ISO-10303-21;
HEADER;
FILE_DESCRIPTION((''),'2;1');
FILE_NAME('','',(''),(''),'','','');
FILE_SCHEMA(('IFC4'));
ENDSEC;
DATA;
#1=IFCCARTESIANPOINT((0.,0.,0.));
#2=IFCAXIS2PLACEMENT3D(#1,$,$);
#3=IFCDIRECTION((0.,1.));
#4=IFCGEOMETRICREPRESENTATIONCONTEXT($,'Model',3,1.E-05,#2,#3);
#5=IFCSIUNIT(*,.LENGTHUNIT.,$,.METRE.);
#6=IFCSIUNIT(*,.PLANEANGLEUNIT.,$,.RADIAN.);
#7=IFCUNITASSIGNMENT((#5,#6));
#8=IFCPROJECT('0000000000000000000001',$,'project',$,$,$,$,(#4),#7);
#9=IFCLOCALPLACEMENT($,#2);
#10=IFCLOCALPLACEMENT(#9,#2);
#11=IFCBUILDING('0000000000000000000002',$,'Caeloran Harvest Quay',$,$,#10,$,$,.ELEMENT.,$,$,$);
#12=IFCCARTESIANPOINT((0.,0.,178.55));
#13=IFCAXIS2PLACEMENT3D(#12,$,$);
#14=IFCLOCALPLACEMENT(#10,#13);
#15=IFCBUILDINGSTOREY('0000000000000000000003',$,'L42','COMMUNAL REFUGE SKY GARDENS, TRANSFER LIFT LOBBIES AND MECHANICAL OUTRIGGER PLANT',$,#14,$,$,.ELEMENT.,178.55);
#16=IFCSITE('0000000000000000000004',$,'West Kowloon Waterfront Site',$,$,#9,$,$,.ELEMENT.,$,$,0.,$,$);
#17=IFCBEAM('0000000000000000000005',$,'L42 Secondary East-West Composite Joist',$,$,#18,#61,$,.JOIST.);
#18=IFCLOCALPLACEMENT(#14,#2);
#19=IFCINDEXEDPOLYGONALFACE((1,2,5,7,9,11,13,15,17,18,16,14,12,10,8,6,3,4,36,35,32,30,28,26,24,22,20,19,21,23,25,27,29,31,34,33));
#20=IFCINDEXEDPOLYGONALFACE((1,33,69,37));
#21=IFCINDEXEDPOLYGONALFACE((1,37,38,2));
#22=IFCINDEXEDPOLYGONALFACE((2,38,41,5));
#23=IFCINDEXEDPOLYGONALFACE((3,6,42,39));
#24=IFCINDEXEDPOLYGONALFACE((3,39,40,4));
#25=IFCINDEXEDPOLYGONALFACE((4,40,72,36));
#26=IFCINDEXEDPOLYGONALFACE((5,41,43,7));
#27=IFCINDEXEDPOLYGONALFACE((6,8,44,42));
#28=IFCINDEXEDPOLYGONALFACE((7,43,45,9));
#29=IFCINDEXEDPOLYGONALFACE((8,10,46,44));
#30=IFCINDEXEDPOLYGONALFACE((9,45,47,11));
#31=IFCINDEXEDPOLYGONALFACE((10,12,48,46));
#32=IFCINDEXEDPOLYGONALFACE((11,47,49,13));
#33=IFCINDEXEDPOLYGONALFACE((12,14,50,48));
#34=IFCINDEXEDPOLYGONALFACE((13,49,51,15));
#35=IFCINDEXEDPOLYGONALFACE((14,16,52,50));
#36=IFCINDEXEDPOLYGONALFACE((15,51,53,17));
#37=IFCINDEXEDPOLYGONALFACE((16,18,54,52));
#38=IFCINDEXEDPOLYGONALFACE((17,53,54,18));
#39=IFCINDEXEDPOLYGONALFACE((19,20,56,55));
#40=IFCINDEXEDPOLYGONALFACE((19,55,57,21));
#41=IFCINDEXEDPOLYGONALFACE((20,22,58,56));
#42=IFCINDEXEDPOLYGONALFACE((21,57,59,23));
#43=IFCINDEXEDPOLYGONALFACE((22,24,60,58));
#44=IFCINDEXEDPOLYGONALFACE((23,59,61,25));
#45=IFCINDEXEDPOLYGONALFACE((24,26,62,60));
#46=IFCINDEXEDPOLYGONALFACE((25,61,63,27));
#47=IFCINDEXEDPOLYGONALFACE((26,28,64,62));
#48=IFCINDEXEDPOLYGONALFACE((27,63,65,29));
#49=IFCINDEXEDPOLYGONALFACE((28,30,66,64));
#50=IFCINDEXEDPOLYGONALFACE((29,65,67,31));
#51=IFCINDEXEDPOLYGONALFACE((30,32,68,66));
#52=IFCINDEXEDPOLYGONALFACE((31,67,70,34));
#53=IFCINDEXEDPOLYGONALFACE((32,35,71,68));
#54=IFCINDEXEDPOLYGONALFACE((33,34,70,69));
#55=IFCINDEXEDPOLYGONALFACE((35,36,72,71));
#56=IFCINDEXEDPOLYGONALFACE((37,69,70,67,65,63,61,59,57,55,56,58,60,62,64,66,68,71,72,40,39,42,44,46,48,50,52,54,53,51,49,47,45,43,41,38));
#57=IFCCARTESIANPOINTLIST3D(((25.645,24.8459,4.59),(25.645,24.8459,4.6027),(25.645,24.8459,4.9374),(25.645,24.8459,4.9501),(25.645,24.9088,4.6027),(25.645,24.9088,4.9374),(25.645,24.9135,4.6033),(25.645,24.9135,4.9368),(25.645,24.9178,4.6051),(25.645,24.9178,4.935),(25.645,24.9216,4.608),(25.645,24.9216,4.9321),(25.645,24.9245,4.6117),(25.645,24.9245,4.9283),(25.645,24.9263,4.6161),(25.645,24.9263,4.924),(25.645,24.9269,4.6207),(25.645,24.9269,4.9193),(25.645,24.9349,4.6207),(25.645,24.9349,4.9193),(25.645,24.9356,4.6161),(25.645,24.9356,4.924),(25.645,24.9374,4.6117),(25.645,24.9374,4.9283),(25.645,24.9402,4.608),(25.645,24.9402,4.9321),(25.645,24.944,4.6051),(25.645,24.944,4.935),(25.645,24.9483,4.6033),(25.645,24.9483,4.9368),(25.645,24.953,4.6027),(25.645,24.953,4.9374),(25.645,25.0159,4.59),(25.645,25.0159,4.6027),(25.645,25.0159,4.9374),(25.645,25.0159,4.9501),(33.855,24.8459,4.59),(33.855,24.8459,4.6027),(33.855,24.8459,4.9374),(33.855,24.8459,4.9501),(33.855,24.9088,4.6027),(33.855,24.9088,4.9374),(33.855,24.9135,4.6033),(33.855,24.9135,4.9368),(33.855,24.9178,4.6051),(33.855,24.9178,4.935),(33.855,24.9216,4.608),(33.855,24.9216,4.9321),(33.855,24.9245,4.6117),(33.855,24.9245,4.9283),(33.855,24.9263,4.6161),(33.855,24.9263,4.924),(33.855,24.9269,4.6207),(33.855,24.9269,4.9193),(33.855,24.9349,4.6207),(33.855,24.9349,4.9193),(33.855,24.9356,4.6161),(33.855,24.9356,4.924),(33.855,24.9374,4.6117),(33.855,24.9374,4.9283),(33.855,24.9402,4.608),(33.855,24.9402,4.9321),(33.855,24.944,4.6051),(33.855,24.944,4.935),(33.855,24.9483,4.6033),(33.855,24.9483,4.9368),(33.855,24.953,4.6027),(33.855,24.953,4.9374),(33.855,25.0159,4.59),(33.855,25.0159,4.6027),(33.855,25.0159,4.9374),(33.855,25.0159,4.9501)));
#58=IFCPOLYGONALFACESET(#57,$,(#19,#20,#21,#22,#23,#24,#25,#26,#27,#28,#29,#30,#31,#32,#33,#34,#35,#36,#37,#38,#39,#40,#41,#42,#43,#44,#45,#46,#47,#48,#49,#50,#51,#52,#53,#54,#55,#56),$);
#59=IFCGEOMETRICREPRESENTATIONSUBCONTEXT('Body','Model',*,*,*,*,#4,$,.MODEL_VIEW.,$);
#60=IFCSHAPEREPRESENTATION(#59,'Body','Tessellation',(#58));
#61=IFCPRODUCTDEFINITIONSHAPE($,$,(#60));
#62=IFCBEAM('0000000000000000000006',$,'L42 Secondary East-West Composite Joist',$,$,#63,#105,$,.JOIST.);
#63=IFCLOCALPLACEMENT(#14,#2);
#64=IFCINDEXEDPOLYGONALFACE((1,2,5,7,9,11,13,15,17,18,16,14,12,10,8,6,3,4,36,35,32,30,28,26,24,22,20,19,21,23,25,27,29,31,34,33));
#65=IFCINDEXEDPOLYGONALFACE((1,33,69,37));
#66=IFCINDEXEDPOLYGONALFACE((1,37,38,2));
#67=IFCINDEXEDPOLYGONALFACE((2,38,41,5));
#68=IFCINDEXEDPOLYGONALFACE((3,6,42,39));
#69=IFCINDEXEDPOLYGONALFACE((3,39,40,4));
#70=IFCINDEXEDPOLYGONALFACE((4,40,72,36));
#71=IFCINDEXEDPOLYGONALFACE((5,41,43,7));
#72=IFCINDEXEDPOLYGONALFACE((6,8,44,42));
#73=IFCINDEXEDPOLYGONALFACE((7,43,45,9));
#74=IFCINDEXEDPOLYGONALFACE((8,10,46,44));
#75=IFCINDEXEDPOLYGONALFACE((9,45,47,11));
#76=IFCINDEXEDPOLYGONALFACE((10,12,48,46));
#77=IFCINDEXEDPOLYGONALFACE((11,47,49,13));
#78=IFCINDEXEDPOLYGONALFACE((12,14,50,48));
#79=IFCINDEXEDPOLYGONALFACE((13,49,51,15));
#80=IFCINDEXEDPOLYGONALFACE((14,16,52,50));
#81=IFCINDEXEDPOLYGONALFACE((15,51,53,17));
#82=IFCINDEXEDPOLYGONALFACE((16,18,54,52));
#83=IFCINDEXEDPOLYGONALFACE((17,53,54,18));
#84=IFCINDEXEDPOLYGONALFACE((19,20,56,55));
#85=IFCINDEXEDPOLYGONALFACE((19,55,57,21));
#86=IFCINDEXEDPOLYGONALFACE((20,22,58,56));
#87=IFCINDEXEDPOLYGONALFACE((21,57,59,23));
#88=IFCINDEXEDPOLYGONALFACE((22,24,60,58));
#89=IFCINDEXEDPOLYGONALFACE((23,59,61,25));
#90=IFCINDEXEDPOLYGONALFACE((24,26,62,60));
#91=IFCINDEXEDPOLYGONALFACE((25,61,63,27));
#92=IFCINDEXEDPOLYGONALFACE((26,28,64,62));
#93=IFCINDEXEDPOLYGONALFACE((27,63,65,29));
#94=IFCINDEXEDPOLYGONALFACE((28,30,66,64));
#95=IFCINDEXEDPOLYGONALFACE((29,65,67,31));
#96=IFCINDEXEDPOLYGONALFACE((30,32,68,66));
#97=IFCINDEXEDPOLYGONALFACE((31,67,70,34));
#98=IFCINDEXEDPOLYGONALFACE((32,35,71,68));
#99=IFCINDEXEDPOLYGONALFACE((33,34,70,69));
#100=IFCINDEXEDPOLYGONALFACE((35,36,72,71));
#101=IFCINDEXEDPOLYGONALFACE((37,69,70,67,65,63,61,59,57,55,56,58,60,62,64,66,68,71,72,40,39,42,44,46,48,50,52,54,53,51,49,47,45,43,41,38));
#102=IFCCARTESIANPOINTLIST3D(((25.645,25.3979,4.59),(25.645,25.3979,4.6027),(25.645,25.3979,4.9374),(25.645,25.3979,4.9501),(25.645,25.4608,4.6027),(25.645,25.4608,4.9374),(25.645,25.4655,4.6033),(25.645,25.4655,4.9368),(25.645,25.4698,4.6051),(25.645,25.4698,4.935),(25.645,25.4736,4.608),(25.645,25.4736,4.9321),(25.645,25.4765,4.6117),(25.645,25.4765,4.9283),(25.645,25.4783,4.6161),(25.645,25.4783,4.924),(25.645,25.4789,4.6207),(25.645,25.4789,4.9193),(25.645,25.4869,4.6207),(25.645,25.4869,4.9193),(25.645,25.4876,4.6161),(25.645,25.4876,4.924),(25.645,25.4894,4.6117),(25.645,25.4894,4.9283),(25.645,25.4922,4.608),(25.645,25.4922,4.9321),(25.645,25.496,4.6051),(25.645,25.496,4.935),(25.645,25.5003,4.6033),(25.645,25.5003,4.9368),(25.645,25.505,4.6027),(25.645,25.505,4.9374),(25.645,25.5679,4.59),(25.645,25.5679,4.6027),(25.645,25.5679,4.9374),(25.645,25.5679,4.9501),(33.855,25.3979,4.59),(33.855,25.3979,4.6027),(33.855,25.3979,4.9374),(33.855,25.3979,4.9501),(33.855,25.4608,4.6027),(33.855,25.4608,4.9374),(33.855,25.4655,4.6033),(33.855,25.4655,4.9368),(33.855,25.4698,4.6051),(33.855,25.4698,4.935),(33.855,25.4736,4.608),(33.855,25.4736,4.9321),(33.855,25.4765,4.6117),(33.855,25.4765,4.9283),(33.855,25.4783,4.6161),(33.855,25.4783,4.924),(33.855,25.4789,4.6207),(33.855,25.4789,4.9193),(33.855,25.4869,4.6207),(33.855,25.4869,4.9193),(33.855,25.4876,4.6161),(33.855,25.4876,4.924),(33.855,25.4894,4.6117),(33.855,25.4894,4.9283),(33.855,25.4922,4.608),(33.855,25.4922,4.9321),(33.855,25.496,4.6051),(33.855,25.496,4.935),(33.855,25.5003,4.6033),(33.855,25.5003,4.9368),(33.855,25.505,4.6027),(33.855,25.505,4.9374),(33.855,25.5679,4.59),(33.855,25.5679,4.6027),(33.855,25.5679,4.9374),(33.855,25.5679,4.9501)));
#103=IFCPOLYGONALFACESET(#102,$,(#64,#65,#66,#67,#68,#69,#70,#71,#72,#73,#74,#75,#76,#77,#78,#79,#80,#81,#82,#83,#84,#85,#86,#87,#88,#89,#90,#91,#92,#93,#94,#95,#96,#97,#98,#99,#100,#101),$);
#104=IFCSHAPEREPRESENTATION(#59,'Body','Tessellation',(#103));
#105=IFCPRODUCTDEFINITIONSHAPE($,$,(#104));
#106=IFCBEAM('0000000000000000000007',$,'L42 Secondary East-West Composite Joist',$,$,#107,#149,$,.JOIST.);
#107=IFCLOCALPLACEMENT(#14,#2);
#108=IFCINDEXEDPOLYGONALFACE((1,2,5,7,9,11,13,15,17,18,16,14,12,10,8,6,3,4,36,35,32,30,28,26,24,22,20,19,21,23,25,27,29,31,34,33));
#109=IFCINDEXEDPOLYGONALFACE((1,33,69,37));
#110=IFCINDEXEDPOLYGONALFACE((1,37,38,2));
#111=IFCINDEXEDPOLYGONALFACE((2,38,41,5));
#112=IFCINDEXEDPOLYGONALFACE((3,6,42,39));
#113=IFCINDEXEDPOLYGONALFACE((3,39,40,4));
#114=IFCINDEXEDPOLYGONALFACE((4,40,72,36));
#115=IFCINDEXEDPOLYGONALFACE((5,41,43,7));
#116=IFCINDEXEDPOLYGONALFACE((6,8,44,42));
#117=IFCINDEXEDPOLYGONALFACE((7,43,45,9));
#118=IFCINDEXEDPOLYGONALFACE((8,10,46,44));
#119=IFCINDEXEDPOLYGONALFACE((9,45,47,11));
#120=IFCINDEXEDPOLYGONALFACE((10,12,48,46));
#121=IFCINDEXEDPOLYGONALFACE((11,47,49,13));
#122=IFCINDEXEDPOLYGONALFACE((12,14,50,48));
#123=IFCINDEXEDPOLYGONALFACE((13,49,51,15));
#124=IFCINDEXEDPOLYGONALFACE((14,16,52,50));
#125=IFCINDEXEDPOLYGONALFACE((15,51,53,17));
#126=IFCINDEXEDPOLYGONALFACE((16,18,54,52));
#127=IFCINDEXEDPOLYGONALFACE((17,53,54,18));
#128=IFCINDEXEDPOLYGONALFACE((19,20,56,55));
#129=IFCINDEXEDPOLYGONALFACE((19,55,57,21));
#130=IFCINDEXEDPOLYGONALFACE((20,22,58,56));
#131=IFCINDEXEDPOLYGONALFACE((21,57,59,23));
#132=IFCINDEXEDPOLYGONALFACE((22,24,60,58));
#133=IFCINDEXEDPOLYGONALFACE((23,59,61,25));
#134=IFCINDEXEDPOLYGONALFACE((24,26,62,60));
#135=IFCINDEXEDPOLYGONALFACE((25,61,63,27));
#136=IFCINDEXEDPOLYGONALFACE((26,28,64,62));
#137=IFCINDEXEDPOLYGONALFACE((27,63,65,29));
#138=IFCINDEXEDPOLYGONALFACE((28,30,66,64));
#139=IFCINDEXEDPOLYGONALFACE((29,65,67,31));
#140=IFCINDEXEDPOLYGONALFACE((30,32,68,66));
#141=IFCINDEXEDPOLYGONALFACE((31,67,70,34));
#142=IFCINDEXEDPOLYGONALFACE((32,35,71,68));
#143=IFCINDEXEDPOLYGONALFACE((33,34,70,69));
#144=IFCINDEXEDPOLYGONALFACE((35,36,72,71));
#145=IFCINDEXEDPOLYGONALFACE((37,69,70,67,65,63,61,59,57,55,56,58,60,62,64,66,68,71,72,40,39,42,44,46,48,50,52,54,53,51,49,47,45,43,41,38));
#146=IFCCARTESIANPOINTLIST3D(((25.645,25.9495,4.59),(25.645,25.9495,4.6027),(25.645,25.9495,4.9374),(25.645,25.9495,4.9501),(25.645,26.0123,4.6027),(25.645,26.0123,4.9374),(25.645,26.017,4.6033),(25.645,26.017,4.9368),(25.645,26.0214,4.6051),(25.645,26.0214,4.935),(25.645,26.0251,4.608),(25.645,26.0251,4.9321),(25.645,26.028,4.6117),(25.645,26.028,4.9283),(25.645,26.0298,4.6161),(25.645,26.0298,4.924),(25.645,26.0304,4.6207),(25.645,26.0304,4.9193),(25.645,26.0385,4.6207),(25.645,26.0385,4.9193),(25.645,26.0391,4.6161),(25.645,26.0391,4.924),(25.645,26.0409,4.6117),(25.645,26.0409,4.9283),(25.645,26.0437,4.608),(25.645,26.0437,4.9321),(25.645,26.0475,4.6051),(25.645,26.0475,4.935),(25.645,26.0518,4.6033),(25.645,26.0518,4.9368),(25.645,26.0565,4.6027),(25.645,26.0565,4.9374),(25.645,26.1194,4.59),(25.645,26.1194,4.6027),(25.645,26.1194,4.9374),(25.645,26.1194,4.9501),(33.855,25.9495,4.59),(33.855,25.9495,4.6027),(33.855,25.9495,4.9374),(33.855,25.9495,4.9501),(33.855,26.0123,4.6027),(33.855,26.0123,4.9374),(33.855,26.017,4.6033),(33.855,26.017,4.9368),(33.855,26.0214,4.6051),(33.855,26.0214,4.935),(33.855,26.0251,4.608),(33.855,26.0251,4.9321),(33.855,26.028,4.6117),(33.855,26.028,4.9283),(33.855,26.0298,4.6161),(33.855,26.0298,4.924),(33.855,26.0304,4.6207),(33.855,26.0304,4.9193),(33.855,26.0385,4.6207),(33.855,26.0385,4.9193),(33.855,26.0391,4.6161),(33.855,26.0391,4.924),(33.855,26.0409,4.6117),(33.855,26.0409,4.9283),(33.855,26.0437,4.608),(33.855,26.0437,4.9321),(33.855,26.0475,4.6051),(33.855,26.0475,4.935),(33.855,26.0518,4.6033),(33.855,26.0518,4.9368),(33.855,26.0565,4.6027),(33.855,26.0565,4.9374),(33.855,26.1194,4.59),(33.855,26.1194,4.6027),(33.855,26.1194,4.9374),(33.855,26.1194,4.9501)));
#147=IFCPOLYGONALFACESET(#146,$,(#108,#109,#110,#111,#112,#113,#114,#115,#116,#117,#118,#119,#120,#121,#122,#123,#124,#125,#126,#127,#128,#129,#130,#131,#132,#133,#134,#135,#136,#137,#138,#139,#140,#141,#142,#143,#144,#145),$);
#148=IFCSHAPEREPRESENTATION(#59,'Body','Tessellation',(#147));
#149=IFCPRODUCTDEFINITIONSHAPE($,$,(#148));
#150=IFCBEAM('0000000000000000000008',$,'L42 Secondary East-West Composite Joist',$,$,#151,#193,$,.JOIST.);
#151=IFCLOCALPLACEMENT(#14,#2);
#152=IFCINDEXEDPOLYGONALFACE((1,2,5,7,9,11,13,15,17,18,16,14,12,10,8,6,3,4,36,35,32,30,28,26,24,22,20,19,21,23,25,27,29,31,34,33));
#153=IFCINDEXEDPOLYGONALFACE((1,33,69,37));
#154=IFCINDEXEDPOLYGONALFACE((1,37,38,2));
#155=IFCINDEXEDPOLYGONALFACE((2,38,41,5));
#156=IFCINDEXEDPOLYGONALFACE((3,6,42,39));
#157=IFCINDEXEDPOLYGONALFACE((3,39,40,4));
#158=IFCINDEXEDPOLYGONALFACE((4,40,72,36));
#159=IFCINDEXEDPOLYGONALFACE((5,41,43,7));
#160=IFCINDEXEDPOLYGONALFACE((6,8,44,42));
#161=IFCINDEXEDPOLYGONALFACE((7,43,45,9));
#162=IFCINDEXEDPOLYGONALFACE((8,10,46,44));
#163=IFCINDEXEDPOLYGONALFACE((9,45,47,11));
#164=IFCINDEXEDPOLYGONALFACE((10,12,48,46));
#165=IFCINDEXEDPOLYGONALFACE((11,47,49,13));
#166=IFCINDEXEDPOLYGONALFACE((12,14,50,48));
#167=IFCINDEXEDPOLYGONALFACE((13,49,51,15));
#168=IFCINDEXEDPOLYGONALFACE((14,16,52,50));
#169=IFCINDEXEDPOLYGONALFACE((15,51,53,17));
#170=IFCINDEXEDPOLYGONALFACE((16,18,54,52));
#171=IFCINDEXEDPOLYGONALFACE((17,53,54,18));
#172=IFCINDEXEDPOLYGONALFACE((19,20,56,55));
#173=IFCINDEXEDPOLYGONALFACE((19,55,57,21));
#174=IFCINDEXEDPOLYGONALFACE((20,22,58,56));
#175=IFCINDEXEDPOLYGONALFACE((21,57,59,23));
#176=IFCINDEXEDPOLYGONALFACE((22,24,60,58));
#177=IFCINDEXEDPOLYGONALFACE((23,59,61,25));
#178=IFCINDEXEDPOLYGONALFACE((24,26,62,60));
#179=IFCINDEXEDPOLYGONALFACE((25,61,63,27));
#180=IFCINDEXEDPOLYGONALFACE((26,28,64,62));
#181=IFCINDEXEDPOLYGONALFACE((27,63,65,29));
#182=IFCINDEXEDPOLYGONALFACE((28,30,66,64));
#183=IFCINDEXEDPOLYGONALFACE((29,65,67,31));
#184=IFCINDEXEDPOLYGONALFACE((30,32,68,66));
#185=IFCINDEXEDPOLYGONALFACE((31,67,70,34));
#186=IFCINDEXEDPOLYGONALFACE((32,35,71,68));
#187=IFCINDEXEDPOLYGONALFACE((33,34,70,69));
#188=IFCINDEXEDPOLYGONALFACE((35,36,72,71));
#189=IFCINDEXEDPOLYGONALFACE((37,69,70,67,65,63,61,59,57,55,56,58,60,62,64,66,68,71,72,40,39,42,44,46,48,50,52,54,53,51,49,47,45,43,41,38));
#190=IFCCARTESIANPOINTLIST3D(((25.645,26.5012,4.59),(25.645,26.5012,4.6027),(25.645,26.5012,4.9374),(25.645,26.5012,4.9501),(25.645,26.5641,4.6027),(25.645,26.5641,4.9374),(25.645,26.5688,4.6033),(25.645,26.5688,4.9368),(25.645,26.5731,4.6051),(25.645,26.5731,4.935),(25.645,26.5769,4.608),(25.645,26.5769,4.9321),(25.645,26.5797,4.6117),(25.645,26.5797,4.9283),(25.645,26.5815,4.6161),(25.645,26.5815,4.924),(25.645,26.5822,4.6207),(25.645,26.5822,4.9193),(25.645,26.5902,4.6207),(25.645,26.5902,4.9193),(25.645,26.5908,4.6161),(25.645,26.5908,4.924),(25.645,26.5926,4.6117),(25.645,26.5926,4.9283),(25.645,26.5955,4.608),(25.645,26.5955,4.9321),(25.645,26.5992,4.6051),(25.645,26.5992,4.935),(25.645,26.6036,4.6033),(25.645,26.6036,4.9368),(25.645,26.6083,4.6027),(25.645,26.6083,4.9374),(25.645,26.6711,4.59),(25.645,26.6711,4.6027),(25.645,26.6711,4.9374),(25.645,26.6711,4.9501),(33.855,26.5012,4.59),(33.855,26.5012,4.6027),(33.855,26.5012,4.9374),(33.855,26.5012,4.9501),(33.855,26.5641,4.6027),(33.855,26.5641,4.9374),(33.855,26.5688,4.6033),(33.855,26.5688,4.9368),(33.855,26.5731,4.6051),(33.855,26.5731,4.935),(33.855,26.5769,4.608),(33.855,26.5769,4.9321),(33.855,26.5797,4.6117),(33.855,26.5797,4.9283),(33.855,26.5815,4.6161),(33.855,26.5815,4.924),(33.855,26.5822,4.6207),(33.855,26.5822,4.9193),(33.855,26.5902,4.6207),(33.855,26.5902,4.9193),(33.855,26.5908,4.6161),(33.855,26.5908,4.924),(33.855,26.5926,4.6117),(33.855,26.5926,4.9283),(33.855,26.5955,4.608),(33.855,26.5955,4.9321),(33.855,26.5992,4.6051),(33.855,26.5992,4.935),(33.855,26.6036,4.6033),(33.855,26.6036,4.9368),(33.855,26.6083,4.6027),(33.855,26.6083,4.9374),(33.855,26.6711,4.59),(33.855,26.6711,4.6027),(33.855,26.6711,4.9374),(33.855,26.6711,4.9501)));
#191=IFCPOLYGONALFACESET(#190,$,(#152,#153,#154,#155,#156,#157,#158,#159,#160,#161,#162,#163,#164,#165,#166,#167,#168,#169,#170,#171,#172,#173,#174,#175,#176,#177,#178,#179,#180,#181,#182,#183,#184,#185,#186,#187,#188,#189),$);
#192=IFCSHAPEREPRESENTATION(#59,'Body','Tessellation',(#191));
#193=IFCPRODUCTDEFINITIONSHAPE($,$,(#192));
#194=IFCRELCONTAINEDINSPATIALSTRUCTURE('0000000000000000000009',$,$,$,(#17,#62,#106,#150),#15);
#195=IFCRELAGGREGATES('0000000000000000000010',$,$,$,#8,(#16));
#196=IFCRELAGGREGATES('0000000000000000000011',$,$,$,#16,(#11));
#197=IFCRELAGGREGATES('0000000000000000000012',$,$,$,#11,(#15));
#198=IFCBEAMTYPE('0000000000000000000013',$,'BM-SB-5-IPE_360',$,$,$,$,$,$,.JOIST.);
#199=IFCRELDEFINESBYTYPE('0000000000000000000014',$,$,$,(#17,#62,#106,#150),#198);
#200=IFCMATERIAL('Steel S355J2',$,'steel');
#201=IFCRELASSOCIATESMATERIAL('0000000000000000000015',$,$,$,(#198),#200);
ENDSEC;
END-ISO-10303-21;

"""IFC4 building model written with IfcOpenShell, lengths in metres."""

from ifc_helpers import new_model, si_unit, direction, frame, origin, origin_2d, place, context, subcontext, project, spatial, i_section, extrude, material, material_profile, profile_set, type_object, element, save


model = new_model("IFC4")

# Units and contexts
model_context = context("Model", 3, precision=1e-05, world=origin(), true_north=direction((0.0, 1.0)))
body_context = subcontext(model_context, "Body", "Model", "MODEL_VIEW")
ifc_project = project(units=[si_unit("LENGTHUNIT", "METRE"), si_unit("PLANEANGLEUNIT", "RADIAN")], contexts=[model_context])

# Site, building, storey
site_placement = place(None, origin())
site = spatial("IfcSite", under=ifc_project, at=site_placement, Name="West Kowloon Waterfront Site", CompositionType="ELEMENT", RefElevation=0.0)
building_placement = place(site_placement, origin())
building = spatial("IfcBuilding", under=site, at=building_placement, Name="Caeloran Harvest Quay", CompositionType="ELEMENT")
storey_placement = place(building_placement, frame((0.0, 0.0, 178.55)))
storey = spatial("IfcBuildingStorey", under=building, at=storey_placement, Name="L42", Description="COMMUNAL REFUGE SKY GARDENS, TRANSFER LIFT LOBBIES AND MECHANICAL OUTRIGGER PLANT", CompositionType="ELEMENT", Elevation=178.55)

# Beams
ifc_material_1 = material(Name="Steel S355J2", Category="steel")
ifc_material_profile_1 = material_profile(ifc_material_1, i_section(OverallWidth=0.1699, OverallDepth=0.3601, WebThickness=0.0081, FlangeThickness=0.0127, FilletRadius=0.0181, at=origin_2d()), Name="IPE 360")
ifc_profile_set_1 = profile_set([ifc_material_profile_1], Name="Steel S355J2")
beam_type_1 = type_object("IfcBeamType", Name="BM-SB-5-IPE_360", PredefinedType="JOIST", material=ifc_profile_set_1)
for number, where, z_axis, x_axis, name in (
    (1, (25.645, 24.9309, 4.77), (1.0, 0.0, 0.0), (0.0, 1.0, 0.0), "L42 Secondary East-West Composite Joist"),
    (2, (25.645, 25.4829, 4.77), (1.0, 0.0, 0.0), (0.0, 1.0, 0.0), "L42 Secondary East-West Composite Joist"),
    (3, (25.645, 26.0344, 4.77), (1.0, 0.0, 0.0), (0.0, 1.0, 0.0), "L42 Secondary East-West Composite Joist"),
    (4, (25.645, 26.5862, 4.77), (1.0, 0.0, 0.0), (0.0, 1.0, 0.0), "L42 Secondary East-West Composite Joist"),
):
    element("IfcBeam", number, at=place(storey_placement, frame(where, z_axis=z_axis, x_axis=x_axis)), inside=storey, type_object=beam_type_1, Name=name, PredefinedType="JOIST", context=body_context, shape_type="SweptSolid", body=[
        extrude(i_section(OverallWidth=0.1699, OverallDepth=0.3601, WebThickness=0.0081, FlangeThickness=0.0127, FilletRadius=0.0181, at=origin_2d()), origin(), (0.0, 0.0, 1.0), 8.21),
    ])

save(model, "model.ifc")
